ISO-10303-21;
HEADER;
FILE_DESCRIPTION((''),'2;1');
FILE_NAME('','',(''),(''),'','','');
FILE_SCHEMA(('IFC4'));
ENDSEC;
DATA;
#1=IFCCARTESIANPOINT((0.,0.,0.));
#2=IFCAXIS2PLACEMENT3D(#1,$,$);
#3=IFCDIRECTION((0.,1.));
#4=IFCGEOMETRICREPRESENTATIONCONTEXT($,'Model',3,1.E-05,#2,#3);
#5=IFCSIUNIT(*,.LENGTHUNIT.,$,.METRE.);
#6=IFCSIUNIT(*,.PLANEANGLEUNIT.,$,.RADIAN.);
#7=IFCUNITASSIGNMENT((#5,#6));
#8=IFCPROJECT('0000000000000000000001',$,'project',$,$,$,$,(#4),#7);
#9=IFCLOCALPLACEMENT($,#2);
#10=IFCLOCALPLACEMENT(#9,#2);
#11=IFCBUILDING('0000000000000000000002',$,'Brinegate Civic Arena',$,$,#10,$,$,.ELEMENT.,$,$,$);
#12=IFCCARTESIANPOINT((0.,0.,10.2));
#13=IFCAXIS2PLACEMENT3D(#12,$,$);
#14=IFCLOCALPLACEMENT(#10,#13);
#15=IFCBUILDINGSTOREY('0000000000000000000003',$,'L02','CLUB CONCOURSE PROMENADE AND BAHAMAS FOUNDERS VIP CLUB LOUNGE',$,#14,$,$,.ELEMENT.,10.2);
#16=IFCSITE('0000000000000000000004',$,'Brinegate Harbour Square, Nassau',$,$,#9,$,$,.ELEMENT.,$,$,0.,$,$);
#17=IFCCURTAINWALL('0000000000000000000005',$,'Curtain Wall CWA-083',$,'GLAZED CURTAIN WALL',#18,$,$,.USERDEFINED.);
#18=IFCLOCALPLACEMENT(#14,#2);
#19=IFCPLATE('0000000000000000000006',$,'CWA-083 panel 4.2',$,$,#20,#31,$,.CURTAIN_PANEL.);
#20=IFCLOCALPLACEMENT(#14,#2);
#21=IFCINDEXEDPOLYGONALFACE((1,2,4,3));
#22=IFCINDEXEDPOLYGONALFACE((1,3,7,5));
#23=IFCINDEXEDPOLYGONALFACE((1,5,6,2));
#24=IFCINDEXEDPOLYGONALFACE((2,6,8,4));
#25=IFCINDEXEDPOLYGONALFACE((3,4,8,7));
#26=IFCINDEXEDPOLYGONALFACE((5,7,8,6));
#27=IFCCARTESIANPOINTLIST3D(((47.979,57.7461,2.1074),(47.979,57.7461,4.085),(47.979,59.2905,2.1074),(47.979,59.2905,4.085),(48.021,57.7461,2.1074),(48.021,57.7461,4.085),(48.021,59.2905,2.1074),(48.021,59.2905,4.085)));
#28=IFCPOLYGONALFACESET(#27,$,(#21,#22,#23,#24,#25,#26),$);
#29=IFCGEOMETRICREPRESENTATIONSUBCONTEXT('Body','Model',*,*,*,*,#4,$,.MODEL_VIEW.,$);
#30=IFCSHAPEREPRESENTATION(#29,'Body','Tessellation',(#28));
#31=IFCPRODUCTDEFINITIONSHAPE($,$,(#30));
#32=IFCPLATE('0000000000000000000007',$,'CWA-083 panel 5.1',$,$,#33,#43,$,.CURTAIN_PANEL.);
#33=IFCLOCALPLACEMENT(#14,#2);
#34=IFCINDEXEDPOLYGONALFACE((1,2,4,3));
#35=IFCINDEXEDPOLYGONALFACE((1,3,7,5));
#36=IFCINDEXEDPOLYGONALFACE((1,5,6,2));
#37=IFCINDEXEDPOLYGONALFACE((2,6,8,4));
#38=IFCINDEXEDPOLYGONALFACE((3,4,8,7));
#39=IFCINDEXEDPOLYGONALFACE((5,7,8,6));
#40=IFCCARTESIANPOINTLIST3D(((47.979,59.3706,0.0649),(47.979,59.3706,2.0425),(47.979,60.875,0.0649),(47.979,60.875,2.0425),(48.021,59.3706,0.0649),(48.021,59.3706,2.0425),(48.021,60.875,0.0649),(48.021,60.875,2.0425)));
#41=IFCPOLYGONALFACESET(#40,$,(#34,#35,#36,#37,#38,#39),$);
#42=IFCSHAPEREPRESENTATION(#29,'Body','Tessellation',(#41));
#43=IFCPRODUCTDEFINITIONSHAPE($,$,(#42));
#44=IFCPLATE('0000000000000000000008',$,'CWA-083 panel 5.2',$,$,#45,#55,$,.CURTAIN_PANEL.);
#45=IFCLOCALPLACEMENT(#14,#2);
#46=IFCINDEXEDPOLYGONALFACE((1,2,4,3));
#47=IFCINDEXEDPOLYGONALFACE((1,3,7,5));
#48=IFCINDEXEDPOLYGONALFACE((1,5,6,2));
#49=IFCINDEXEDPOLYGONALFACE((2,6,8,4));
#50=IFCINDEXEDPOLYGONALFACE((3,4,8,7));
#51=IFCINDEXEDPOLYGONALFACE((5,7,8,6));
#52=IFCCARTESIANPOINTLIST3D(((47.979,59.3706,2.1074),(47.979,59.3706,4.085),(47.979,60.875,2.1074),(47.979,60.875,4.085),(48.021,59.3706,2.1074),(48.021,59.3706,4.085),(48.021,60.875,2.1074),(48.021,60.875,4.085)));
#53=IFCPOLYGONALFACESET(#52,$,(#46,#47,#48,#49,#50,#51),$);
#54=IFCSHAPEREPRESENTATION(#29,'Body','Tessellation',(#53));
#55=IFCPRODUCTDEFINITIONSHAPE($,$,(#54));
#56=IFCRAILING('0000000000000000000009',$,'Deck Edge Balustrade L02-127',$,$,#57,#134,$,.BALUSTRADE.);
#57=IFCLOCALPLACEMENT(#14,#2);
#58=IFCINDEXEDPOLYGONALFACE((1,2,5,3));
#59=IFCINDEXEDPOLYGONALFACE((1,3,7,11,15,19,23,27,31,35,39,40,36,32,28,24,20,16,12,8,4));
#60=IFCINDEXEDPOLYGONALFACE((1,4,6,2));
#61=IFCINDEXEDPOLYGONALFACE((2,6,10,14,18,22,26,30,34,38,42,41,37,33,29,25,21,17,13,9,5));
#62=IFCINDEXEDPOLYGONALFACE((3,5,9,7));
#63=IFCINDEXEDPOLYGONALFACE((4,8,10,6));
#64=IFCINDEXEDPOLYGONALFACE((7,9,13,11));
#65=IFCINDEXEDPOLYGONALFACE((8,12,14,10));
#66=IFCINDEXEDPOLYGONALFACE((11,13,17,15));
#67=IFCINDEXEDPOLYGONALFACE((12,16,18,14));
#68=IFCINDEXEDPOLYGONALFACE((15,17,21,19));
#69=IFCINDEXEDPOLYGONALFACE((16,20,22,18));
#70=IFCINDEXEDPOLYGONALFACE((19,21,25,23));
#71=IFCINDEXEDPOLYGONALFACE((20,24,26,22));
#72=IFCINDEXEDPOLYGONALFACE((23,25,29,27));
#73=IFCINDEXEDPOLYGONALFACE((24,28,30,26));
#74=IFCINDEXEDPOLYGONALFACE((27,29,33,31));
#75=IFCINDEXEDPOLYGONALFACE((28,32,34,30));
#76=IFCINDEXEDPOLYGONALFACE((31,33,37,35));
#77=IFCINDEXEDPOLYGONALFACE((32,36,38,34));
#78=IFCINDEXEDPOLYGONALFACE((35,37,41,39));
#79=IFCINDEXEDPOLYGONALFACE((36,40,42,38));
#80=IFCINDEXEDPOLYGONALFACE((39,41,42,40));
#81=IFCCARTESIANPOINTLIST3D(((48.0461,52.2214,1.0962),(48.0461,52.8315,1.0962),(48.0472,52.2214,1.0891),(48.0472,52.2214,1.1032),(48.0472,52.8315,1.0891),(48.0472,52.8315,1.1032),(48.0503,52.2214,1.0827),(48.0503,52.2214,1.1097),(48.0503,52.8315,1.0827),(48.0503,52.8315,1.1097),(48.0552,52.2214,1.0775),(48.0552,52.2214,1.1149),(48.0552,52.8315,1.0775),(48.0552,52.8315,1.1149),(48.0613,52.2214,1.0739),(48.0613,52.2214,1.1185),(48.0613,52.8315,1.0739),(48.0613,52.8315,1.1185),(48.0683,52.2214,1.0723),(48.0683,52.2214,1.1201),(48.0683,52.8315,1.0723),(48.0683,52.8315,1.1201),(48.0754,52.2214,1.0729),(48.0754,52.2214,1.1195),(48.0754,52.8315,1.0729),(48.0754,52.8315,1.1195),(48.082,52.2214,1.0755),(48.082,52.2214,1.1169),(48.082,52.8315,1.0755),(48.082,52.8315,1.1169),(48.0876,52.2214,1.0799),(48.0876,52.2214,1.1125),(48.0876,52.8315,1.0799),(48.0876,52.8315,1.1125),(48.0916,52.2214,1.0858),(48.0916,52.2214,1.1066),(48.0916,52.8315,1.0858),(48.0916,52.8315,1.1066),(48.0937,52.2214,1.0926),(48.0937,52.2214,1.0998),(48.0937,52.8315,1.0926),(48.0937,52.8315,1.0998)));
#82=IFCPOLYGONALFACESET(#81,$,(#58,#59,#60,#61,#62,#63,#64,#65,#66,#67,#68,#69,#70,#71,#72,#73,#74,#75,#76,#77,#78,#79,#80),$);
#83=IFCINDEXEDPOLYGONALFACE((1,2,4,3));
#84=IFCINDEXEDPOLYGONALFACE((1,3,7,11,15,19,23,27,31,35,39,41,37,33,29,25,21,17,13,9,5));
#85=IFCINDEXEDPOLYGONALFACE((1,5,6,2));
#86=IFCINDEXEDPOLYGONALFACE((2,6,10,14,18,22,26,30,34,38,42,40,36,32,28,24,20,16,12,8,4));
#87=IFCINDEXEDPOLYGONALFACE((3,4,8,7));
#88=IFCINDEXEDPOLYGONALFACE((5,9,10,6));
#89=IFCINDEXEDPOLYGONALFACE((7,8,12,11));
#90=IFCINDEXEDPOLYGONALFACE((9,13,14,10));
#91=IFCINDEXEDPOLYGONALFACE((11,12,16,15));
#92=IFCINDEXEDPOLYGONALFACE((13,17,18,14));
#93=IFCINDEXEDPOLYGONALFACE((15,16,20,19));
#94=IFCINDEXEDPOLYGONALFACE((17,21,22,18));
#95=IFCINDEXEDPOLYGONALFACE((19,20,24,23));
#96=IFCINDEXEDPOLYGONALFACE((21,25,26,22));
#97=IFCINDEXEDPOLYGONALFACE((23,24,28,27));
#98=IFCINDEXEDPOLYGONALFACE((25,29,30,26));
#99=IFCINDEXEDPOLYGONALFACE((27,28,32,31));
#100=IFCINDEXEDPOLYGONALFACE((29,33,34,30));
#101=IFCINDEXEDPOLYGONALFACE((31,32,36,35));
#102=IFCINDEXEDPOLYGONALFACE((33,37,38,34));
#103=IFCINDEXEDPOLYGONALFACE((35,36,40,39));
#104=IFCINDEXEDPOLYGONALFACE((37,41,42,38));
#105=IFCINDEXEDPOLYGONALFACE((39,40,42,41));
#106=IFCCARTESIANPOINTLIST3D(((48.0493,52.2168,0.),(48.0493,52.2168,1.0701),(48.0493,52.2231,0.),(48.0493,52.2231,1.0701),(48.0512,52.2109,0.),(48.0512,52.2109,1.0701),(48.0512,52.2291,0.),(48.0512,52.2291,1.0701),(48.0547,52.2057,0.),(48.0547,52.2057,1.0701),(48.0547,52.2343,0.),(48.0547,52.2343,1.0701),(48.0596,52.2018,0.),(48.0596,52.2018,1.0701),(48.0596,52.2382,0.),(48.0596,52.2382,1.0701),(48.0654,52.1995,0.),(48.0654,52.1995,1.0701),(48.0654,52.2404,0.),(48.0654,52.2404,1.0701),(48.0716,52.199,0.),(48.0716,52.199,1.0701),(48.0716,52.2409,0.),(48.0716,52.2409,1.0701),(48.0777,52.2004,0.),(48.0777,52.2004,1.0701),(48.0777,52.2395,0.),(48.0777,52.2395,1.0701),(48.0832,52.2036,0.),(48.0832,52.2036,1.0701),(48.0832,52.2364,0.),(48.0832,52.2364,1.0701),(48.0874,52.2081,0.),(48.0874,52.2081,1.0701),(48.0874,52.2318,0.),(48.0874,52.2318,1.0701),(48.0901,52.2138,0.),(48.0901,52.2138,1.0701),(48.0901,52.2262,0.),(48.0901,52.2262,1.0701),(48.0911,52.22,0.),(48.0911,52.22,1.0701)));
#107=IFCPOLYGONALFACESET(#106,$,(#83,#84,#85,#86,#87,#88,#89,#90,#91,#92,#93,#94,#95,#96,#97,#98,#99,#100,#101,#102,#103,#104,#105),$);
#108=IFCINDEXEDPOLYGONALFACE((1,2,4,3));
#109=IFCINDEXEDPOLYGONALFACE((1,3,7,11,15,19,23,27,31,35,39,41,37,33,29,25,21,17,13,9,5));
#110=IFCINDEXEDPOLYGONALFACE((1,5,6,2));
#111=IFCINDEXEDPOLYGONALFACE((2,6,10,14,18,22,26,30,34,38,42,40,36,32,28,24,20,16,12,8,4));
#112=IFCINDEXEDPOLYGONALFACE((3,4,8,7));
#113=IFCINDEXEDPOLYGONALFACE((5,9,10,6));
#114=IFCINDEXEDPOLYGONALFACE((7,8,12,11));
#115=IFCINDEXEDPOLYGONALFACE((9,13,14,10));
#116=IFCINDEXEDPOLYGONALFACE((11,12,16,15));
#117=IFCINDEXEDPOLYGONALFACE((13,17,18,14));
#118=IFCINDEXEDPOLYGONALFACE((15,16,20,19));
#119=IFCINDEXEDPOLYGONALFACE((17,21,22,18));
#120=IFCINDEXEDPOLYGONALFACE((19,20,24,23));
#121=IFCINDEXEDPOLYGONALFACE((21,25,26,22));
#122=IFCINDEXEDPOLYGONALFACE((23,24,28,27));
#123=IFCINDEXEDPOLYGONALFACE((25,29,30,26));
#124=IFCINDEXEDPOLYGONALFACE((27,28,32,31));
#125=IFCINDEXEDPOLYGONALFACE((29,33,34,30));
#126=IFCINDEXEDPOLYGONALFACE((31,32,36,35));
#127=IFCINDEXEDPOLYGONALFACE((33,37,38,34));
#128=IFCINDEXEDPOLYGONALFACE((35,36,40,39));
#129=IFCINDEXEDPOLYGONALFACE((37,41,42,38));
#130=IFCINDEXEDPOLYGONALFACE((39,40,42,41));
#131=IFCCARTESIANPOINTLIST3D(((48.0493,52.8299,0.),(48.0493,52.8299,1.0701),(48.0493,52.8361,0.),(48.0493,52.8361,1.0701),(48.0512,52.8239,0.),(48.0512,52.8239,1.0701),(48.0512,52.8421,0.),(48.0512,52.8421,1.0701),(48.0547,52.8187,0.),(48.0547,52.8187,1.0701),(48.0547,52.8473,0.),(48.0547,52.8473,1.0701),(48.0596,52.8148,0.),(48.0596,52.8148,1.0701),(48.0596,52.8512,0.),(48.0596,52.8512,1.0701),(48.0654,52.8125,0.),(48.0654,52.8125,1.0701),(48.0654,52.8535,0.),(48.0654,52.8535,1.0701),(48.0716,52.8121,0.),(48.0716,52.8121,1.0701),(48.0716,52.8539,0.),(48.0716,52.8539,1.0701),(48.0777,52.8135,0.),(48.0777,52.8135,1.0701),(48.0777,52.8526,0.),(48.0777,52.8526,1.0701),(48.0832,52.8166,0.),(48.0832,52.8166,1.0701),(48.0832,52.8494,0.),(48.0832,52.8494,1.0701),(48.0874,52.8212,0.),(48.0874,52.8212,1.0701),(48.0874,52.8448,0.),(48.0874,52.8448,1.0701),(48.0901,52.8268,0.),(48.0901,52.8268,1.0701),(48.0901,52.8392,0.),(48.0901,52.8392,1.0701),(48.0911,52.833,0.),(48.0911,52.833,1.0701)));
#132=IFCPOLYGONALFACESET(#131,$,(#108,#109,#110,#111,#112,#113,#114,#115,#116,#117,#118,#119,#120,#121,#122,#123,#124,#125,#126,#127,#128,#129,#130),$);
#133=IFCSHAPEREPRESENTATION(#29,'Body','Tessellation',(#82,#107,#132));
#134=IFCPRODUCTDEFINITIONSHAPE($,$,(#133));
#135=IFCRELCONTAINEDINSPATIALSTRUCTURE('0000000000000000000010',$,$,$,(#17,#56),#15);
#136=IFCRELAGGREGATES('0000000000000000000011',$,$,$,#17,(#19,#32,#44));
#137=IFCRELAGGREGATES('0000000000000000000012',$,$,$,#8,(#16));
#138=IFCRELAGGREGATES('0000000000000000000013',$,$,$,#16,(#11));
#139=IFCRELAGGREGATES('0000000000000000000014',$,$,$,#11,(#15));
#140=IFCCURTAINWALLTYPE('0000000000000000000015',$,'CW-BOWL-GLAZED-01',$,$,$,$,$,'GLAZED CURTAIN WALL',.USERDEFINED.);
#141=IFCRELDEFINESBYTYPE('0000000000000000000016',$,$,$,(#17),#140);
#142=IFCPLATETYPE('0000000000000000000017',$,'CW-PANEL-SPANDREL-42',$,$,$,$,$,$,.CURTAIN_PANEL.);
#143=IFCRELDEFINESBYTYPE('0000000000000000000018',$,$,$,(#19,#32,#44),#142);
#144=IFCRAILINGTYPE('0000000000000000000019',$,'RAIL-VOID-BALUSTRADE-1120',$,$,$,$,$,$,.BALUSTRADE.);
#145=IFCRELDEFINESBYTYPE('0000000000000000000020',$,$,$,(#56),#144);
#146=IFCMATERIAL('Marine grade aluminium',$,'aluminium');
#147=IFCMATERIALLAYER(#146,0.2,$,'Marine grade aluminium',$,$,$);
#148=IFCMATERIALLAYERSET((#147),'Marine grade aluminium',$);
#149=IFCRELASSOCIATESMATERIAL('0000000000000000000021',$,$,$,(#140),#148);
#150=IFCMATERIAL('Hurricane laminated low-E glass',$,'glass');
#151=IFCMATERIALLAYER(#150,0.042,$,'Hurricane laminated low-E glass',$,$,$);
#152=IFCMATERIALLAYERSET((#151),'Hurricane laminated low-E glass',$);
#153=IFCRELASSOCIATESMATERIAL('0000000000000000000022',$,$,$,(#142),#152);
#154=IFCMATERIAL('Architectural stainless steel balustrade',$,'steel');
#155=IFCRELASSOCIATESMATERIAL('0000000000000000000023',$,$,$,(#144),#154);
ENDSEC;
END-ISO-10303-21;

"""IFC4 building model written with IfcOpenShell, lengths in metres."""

from ifc_helpers import new_model, si_unit, direction, frame, origin, origin_2d, place, context, subcontext, project, spatial, rectangle, circle, extrude, material, layer, layer_set, type_object, element, aggregate, save


model = new_model("IFC4")

# Units and contexts
model_context = context("Model", 3, precision=1e-05, world=origin(), true_north=direction((0.0, 1.0)))
body_context = subcontext(model_context, "Body", "Model", "MODEL_VIEW")
ifc_project = project(units=[si_unit("LENGTHUNIT", "METRE"), si_unit("PLANEANGLEUNIT", "RADIAN")], contexts=[model_context])

# Site, building, storey
site_placement = place(None, origin())
site = spatial("IfcSite", under=ifc_project, at=site_placement, Name="Brinegate Harbour Square, Nassau", CompositionType="ELEMENT", RefElevation=0.0)
building_placement = place(site_placement, origin())
building = spatial("IfcBuilding", under=site, at=building_placement, Name="Brinegate Civic Arena", CompositionType="ELEMENT")
storey_placement = place(building_placement, frame((0.0, 0.0, 10.2)))
storey = spatial("IfcBuildingStorey", under=building, at=storey_placement, Name="L02", Description="CLUB CONCOURSE PROMENADE AND BAHAMAS FOUNDERS VIP CLUB LOUNGE", CompositionType="ELEMENT", Elevation=10.2)

# Curtain wall
ifc_material_1 = material(Name="Marine grade aluminium", Category="aluminium")
ifc_layer_1 = layer(ifc_material_1, 0.2, Name="Marine grade aluminium")
ifc_layer_set_1 = layer_set([ifc_layer_1], Name="Marine grade aluminium")
curtain_wall_type = type_object("IfcCurtainWallType", Name="CW-BOWL-GLAZED-01", ElementType="GLAZED CURTAIN WALL", PredefinedType="USERDEFINED", material=ifc_layer_set_1)
curtain_wall_1_placement = place(storey_placement, origin())
curtain_wall_1 = element("IfcCurtainWall", 1, at=curtain_wall_1_placement, inside=storey, type_object=curtain_wall_type, Name="Curtain Wall CWA-083", ObjectType="GLAZED CURTAIN WALL", PredefinedType="USERDEFINED")

# Plates
ifc_material_2 = material(Name="Hurricane laminated low-E glass", Category="glass")
ifc_layer_2 = layer(ifc_material_2, 0.042, Name="Hurricane laminated low-E glass")
ifc_layer_set_2 = layer_set([ifc_layer_2], Name="Hurricane laminated low-E glass")
plate_type_1 = type_object("IfcPlateType", Name="CW-PANEL-SPANDREL-42", PredefinedType="CURTAIN_PANEL", material=ifc_layer_set_2)
plate_1_placement = place(storey_placement, frame((48.0, 58.5183, 2.1074), z_axis=(0.0, 0.0, 1.0), x_axis=(0.0, 1.0, 0.0)))
plate_1 = element("IfcPlate", 2, at=plate_1_placement, type_object=plate_type_1, Name="CWA-083 panel 4.2", PredefinedType="CURTAIN_PANEL", context=body_context, shape_type="SweptSolid", body=[
    extrude(rectangle(XDim=1.5444, YDim=0.042, at=origin_2d()), origin(), (0.0, 0.0, 1.0), 1.9775),
])
plate_2_placement = place(storey_placement, frame((48.0, 60.1228, 0.0649), z_axis=(0.0, 0.0, 1.0), x_axis=(0.0, 1.0, 0.0)))
plate_2 = element("IfcPlate", 3, at=plate_2_placement, type_object=plate_type_1, Name="CWA-083 panel 5.1", PredefinedType="CURTAIN_PANEL", context=body_context, shape_type="SweptSolid", body=[
    extrude(rectangle(XDim=1.5044, YDim=0.042, at=origin_2d()), origin(), (0.0, 0.0, 1.0), 1.9775),
])
plate_3_placement = place(storey_placement, frame((48.0, 60.1228, 2.1074), z_axis=(0.0, 0.0, 1.0), x_axis=(0.0, 1.0, 0.0)))
plate_3 = element("IfcPlate", 4, at=plate_3_placement, type_object=plate_type_1, Name="CWA-083 panel 5.2", PredefinedType="CURTAIN_PANEL", context=body_context, shape_type="SweptSolid", body=[
    extrude(rectangle(XDim=1.5044, YDim=0.042, at=origin_2d()), origin(), (0.0, 0.0, 1.0), 1.9775),
])
aggregate(curtain_wall_1, [plate_1, plate_2, plate_3])

# Railing
ifc_material_3 = material(Name="Architectural stainless steel balustrade", Category="steel")
railing_type = type_object("IfcRailingType", Name="RAIL-VOID-BALUSTRADE-1120", PredefinedType="BALUSTRADE", material=ifc_material_3)
railing_placement = place(storey_placement, frame((48.0701, 52.22, 0.0)))
element("IfcRailing", 5, at=railing_placement, inside=storey, type_object=railing_type, Name="Deck Edge Balustrade L02-127", PredefinedType="BALUSTRADE", context=body_context, shape_type="SweptSolid", body=[
    extrude(circle(Radius=0.0239, at=origin_2d()), frame((0.0, 0.0015, 1.0962), z_axis=(0.0, 1.0, 0.0), x_axis=(-1.0, 0.0, 0.0)), (0.0, 0.0, 1.0), 0.6101),
    extrude(circle(Radius=0.021, at=origin_2d()), origin(), (0.0, 0.0, 1.0), 1.0701),
    extrude(circle(Radius=0.021, at=origin_2d()), frame((0.0, 0.613, 0.0)), (0.0, 0.0, 1.0), 1.0701),
])

save(model, "model.ifc")
